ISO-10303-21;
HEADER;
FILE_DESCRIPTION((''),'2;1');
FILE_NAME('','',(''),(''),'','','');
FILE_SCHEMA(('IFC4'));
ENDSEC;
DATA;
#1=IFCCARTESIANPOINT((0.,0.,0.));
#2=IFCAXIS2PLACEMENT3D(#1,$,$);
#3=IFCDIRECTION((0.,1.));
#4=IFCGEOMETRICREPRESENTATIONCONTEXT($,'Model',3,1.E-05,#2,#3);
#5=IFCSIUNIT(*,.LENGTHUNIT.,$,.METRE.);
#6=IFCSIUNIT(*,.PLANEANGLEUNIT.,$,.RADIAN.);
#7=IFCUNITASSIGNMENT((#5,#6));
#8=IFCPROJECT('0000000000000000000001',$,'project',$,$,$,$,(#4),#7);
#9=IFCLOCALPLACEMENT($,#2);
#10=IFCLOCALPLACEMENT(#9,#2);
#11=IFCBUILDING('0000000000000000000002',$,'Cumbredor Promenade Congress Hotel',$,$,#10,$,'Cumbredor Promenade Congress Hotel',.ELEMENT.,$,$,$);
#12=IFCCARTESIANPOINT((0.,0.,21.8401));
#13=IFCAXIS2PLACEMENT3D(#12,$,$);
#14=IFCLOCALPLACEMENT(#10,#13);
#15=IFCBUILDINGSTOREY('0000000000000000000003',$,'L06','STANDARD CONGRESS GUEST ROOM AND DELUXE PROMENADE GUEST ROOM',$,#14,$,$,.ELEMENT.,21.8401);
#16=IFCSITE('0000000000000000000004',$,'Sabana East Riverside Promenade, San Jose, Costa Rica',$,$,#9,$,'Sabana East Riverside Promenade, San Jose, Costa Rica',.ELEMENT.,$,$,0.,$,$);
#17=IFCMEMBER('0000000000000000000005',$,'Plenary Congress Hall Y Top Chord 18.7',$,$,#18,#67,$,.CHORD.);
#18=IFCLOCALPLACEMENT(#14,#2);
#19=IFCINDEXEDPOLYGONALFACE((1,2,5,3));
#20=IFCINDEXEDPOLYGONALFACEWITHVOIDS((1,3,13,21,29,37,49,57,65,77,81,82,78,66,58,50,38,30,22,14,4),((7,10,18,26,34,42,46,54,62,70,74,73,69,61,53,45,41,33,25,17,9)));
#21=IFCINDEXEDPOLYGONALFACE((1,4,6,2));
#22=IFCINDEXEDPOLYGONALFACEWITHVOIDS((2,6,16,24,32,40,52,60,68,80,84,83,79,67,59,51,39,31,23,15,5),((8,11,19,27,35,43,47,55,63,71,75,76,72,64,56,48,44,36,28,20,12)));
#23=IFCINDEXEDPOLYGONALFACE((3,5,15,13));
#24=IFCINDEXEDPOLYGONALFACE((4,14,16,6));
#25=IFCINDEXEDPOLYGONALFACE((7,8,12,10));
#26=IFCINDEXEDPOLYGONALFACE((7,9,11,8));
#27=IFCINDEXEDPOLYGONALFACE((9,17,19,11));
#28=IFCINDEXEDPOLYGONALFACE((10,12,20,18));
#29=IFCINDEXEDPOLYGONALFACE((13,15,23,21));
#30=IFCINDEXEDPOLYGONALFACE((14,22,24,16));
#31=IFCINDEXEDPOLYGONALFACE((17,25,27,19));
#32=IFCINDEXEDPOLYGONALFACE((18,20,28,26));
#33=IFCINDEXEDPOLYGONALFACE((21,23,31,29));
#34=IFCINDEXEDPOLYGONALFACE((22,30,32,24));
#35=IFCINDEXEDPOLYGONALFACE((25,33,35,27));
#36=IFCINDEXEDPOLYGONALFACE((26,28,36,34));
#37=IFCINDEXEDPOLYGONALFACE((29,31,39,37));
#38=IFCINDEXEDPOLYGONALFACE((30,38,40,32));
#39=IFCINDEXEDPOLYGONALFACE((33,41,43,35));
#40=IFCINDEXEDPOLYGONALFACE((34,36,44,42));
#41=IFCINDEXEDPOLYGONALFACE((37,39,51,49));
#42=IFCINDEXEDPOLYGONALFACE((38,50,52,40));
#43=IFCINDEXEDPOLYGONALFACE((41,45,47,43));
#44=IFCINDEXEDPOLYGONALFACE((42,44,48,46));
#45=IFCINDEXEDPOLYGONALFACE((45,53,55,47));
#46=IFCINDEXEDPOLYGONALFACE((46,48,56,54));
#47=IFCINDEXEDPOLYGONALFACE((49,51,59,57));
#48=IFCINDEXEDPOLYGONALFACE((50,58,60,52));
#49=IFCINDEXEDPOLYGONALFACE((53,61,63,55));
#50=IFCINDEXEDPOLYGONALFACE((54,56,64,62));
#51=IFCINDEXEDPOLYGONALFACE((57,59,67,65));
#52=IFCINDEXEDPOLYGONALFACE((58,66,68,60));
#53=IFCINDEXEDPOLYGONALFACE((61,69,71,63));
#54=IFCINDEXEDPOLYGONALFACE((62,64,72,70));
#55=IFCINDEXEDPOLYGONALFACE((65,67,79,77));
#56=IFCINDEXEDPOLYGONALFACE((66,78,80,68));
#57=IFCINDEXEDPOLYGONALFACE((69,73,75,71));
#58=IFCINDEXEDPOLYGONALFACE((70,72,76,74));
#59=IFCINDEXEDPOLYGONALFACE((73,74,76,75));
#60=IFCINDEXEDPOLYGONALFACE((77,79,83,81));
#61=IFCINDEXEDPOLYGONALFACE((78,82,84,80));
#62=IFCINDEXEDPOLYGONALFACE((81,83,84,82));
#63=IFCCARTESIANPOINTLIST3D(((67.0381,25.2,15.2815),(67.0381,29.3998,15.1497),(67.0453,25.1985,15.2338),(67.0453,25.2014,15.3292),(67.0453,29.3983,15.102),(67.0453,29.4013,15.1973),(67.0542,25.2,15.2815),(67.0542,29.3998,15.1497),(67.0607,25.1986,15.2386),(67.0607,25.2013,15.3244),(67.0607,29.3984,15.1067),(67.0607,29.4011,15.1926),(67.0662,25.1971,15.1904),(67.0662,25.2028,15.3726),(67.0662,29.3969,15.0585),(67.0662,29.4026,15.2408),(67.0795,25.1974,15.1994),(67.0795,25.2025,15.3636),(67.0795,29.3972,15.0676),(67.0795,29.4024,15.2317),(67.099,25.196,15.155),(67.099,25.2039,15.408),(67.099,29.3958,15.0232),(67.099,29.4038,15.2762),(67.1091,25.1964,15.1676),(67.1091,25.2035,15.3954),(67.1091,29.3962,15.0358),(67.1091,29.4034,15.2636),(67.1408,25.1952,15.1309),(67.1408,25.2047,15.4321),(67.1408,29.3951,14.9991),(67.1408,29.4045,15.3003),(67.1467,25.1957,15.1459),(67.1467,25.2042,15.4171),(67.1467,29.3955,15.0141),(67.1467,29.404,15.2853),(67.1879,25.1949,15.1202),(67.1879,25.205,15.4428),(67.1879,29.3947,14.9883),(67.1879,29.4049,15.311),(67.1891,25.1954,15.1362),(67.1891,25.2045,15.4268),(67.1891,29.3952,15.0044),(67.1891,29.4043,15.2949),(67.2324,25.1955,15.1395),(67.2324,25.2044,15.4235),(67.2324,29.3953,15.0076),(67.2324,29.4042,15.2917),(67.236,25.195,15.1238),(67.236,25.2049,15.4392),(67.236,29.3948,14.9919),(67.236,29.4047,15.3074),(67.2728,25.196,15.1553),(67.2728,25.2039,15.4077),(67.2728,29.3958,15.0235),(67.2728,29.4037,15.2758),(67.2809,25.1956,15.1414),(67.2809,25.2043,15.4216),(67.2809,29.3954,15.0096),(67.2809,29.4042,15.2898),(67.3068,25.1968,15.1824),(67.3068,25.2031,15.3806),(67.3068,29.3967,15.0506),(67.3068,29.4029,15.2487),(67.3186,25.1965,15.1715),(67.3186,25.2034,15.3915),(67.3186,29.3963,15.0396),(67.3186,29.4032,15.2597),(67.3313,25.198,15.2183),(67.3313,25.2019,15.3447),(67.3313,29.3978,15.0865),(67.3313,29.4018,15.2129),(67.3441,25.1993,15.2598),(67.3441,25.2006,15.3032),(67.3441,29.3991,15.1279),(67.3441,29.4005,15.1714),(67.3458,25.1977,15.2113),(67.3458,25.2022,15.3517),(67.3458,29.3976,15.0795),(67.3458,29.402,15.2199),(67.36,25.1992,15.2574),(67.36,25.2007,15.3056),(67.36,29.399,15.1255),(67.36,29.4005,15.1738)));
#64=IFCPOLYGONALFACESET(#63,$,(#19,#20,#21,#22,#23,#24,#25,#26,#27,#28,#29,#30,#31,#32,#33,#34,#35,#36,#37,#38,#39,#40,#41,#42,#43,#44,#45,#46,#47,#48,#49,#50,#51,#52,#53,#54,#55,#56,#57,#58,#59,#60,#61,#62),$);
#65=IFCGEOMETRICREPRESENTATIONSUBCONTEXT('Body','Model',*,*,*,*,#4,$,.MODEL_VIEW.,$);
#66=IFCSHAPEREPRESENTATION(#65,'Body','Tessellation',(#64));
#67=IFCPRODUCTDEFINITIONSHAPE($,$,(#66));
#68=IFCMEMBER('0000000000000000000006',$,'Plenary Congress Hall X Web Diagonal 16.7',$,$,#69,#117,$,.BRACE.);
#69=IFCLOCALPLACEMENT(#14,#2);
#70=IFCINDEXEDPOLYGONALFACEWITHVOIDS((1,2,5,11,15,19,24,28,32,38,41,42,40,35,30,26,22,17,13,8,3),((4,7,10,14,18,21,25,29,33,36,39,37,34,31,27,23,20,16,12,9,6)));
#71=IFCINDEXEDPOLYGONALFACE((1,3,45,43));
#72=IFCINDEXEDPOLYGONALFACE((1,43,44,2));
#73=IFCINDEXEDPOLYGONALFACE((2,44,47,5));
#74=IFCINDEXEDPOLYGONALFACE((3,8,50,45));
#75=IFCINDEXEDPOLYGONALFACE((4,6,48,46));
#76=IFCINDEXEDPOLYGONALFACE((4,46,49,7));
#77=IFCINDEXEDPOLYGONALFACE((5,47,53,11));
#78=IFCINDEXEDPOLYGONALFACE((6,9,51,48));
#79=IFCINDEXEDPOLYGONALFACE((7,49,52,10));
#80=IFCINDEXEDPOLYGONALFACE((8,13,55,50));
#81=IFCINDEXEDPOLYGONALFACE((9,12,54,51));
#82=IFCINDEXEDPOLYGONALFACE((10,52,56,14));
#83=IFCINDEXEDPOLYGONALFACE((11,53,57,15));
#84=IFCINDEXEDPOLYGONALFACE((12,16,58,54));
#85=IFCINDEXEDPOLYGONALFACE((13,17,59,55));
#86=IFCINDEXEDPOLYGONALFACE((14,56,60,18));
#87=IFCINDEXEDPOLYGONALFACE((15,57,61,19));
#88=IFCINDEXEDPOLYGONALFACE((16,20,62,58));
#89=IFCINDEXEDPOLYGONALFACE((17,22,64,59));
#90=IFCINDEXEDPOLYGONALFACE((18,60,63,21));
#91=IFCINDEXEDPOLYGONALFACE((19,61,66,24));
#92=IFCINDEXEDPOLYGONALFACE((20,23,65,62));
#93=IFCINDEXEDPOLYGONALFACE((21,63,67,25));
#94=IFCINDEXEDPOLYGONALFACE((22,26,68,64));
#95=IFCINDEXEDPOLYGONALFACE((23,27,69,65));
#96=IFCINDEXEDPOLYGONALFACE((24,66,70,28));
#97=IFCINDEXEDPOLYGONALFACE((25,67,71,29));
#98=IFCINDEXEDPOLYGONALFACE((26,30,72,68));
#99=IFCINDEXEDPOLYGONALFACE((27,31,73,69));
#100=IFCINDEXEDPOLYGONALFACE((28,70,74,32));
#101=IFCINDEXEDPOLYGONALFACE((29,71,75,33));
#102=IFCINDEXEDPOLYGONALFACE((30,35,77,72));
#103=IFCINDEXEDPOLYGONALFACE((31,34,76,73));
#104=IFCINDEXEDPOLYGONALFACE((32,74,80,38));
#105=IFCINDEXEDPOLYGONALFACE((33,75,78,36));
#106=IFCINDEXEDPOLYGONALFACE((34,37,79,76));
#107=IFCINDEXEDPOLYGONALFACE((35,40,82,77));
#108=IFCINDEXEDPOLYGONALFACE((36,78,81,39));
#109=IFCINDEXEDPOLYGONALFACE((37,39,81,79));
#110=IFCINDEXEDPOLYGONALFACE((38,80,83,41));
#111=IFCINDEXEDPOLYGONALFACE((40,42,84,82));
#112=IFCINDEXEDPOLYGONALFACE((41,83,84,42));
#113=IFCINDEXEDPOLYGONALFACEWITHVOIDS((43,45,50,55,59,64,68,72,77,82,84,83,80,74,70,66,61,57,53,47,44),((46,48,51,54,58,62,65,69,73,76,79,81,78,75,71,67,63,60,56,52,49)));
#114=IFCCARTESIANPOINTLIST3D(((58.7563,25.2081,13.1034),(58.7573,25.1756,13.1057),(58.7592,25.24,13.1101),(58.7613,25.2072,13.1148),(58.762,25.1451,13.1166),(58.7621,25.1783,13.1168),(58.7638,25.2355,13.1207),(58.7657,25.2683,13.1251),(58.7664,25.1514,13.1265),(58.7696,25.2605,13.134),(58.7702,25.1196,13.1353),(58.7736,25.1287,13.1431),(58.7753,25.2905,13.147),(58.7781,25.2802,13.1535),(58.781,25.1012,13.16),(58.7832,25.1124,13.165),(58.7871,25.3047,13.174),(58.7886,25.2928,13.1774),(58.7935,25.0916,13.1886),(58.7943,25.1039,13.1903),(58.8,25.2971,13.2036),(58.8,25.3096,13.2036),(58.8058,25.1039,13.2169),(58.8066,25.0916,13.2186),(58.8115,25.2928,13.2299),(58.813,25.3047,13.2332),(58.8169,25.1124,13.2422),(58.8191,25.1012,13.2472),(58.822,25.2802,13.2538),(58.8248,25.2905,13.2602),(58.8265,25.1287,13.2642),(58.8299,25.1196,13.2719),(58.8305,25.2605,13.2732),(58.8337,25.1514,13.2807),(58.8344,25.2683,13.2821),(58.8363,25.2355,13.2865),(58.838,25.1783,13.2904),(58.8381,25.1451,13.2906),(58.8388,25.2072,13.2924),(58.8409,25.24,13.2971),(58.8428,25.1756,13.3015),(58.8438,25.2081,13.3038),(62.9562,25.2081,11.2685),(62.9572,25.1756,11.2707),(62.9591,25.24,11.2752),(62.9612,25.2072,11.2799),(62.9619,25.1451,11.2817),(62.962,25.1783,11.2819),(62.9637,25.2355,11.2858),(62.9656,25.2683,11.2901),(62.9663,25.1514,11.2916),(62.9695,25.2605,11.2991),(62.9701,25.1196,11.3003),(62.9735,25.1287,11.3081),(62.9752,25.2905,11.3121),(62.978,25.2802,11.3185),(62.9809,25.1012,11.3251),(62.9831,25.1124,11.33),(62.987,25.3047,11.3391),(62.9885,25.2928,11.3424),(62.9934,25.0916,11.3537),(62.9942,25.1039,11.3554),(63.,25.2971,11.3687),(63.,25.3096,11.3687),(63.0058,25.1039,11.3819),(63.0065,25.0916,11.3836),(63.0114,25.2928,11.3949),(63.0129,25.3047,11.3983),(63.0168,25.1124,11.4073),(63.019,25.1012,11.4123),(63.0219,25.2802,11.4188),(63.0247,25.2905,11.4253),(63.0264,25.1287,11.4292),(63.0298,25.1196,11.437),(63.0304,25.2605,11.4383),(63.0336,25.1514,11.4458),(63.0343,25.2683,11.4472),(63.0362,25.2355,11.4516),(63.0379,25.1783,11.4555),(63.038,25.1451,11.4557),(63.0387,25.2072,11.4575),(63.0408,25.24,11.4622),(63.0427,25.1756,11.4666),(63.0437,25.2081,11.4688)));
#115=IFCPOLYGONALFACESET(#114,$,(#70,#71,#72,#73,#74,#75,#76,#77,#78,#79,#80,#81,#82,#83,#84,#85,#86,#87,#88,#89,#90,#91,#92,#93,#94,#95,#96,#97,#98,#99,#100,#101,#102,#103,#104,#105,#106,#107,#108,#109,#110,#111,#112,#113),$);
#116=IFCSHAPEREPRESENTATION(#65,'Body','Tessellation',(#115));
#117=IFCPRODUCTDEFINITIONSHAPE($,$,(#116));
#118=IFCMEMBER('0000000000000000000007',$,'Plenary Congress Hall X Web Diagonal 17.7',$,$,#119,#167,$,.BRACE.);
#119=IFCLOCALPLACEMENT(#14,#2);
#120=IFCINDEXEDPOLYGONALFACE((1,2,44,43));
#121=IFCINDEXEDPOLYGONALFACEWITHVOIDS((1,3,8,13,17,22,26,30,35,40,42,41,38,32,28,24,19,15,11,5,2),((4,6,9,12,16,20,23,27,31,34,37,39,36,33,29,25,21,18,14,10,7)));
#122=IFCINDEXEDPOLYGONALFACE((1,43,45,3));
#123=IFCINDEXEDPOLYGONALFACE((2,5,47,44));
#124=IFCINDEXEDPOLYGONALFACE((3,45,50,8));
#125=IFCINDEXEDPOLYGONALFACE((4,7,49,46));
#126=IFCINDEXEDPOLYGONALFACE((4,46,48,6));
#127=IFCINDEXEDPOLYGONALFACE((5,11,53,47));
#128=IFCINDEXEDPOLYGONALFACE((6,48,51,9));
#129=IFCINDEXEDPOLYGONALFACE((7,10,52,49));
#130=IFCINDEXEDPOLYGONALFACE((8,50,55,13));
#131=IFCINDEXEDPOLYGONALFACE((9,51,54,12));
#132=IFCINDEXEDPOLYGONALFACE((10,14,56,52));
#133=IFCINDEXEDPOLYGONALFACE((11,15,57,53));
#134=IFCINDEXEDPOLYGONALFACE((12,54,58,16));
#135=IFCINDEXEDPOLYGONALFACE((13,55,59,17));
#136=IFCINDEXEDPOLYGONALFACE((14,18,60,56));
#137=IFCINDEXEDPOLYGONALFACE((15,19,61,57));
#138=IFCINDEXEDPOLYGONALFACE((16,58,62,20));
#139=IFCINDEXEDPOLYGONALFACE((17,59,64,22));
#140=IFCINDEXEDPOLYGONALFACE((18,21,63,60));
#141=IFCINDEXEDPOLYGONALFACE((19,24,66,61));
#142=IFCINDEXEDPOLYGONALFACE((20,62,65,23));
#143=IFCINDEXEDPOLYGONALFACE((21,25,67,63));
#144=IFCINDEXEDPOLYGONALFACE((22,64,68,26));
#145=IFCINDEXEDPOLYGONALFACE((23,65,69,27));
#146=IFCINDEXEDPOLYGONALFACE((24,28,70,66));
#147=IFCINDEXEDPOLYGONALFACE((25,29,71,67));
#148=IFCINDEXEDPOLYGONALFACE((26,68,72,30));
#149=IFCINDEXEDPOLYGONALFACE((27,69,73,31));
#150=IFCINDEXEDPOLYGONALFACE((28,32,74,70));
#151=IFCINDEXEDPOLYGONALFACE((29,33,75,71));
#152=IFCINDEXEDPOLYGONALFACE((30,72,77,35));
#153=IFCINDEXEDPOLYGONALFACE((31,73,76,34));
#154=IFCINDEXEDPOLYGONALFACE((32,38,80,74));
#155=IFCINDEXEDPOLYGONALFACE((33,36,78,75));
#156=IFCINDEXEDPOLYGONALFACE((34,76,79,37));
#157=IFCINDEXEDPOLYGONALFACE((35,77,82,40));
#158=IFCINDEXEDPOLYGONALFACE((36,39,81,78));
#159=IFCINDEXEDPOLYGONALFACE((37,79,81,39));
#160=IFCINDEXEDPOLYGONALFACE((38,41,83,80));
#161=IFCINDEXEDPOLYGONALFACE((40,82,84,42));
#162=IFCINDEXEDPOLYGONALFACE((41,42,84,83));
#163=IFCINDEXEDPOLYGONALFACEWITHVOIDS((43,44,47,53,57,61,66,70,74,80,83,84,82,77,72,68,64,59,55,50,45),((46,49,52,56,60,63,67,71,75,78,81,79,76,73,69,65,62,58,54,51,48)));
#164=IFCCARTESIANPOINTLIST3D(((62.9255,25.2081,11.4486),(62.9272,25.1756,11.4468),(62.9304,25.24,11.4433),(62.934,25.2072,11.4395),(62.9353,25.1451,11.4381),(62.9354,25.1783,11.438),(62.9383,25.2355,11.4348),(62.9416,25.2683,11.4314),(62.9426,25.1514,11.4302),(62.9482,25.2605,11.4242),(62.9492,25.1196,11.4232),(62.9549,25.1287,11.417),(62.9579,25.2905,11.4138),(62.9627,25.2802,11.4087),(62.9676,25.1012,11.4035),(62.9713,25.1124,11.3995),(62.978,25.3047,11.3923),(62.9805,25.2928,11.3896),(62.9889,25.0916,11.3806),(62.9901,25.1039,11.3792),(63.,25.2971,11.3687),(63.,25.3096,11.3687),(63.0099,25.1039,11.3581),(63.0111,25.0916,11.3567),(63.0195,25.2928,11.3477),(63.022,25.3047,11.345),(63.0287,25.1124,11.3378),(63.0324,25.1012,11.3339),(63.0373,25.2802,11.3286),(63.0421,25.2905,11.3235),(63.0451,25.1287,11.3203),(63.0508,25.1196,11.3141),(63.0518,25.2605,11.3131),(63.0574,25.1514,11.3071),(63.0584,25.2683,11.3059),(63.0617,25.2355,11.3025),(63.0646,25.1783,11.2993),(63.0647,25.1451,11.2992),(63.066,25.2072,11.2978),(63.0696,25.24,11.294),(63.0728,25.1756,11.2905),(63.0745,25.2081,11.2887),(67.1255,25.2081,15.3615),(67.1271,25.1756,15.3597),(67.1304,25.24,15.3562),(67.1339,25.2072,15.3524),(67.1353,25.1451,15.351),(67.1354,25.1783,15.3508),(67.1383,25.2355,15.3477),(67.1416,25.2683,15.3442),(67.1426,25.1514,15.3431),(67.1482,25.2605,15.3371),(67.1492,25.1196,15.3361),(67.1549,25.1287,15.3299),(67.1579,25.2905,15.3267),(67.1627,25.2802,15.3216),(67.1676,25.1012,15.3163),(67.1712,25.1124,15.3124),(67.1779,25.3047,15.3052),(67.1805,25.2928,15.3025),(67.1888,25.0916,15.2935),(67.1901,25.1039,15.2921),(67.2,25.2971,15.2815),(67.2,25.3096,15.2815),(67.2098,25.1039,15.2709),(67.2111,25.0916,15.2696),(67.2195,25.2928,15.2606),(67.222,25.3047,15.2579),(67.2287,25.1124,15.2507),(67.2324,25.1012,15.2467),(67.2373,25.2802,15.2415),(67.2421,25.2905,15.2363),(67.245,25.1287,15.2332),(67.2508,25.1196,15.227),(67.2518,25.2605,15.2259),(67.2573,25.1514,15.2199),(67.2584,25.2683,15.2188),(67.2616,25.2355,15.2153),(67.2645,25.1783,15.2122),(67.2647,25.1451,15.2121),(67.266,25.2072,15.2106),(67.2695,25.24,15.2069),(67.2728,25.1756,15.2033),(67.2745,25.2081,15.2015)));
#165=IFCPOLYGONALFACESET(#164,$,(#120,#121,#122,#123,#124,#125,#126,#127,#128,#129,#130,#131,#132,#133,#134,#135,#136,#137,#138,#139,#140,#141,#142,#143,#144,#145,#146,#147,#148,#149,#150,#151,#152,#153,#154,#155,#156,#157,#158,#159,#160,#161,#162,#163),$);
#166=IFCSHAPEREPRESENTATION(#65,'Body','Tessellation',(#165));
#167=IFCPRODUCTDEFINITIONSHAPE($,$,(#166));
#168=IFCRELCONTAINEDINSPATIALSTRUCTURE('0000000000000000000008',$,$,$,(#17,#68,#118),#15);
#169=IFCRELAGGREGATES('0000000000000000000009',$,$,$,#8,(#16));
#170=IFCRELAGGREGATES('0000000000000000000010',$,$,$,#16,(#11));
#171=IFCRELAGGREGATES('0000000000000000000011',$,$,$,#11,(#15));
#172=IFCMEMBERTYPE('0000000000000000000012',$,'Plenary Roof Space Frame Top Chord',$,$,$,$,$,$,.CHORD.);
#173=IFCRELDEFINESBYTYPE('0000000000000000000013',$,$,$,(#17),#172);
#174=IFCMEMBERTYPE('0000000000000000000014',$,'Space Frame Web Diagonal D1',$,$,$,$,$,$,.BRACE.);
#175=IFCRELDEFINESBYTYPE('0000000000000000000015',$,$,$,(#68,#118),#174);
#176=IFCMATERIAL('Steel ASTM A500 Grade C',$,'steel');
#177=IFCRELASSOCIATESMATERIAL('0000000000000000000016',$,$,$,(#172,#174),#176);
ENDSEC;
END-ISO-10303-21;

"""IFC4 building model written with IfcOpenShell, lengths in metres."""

from ifc_helpers import new_model, si_unit, direction, frame, origin, origin_2d, place, context, subcontext, project, spatial, hollow_circle, extrude, material, material_profile, profile_set, type_object, element, save


model = new_model("IFC4")

# Units and contexts
model_context = context("Model", 3, precision=1e-05, world=origin(), true_north=direction((0.0, 1.0)))
body_context = subcontext(model_context, "Body", "Model", "MODEL_VIEW")
ifc_project = project(units=[si_unit("LENGTHUNIT", "METRE"), si_unit("PLANEANGLEUNIT", "RADIAN")], contexts=[model_context])

# Site, building, storey
site_placement = place(None, origin())
site = spatial("IfcSite", under=ifc_project, at=site_placement, Name="Sabana East Riverside Promenade, San Jose, Costa Rica", LongName="Sabana East Riverside Promenade, San Jose, Costa Rica", CompositionType="ELEMENT", RefElevation=0.0)
building_placement = place(site_placement, origin())
building = spatial("IfcBuilding", under=site, at=building_placement, Name="Cumbredor Promenade Congress Hotel", LongName="Cumbredor Promenade Congress Hotel", CompositionType="ELEMENT")
storey_placement = place(building_placement, frame((0.0, 0.0, 21.8401)))
storey = spatial("IfcBuildingStorey", under=building, at=storey_placement, Name="L06", Description="STANDARD CONGRESS GUEST ROOM AND DELUXE PROMENADE GUEST ROOM", CompositionType="ELEMENT", Elevation=21.8401)

# Members
ifc_material_1 = material(Name="Steel ASTM A500 Grade C", Category="steel")
ifc_material_profile_1 = material_profile(ifc_material_1, hollow_circle(Radius=0.1619, WallThickness=0.0161, at=origin_2d()), Name="CHS 323.9x16")
ifc_profile_set_1 = profile_set([ifc_material_profile_1], Name="Steel ASTM A500 Grade C")
member_type_1 = type_object("IfcMemberType", Name="Plenary Roof Space Frame Top Chord", PredefinedType="CHORD", material=ifc_profile_set_1)
member_1_placement = place(storey_placement, frame((67.2, 25.2, 15.2815), z_axis=(0.0, 0.999508, -0.031374), x_axis=(-1.0, 0.0, 0.0)))
element("IfcMember", 1, at=member_1_placement, inside=storey, type_object=member_type_1, Name="Plenary Congress Hall Y Top Chord 18.7", PredefinedType="CHORD", context=body_context, shape_type="SweptSolid", body=[
    extrude(hollow_circle(Radius=0.1619, WallThickness=0.0161, at=origin_2d()), origin(), (0.0, 0.0, 1.0), 4.2019),
])
ifc_material_profile_2 = material_profile(ifc_material_1, hollow_circle(Radius=0.1096, WallThickness=0.0125, at=origin_2d()), Name="CHS 219.1x12.5")
ifc_profile_set_2 = profile_set([ifc_material_profile_2], Name="Steel ASTM A500 Grade C")
member_type_2 = type_object("IfcMemberType", Name="Space Frame Web Diagonal D1", PredefinedType="BRACE", material=ifc_profile_set_2)
member_2_placement = place(storey_placement, frame((58.8, 25.2, 13.2036), z_axis=(0.916359, 0.0, -0.400358), x_axis=(0.0, 1.0, 0.0)))
element("IfcMember", 2, at=member_2_placement, inside=storey, type_object=member_type_2, Name="Plenary Congress Hall X Web Diagonal 16.7", PredefinedType="BRACE", context=body_context, shape_type="SweptSolid", body=[
    extrude(hollow_circle(Radius=0.1096, WallThickness=0.0125, at=origin_2d()), origin(), (0.0, 0.0, 1.0), 4.5833),
])
member_3_placement = place(storey_placement, frame((63.0, 25.2, 11.3687), z_axis=(0.731673, 0.0, 0.681656), x_axis=(0.0, 1.0, 0.0)))
element("IfcMember", 3, at=member_3_placement, inside=storey, type_object=member_type_2, Name="Plenary Congress Hall X Web Diagonal 17.7", PredefinedType="BRACE", context=body_context, shape_type="SweptSolid", body=[
    extrude(hollow_circle(Radius=0.1096, WallThickness=0.0125, at=origin_2d()), origin(), (0.0, 0.0, 1.0), 5.7402),
])

save(model, "model.ifc")
